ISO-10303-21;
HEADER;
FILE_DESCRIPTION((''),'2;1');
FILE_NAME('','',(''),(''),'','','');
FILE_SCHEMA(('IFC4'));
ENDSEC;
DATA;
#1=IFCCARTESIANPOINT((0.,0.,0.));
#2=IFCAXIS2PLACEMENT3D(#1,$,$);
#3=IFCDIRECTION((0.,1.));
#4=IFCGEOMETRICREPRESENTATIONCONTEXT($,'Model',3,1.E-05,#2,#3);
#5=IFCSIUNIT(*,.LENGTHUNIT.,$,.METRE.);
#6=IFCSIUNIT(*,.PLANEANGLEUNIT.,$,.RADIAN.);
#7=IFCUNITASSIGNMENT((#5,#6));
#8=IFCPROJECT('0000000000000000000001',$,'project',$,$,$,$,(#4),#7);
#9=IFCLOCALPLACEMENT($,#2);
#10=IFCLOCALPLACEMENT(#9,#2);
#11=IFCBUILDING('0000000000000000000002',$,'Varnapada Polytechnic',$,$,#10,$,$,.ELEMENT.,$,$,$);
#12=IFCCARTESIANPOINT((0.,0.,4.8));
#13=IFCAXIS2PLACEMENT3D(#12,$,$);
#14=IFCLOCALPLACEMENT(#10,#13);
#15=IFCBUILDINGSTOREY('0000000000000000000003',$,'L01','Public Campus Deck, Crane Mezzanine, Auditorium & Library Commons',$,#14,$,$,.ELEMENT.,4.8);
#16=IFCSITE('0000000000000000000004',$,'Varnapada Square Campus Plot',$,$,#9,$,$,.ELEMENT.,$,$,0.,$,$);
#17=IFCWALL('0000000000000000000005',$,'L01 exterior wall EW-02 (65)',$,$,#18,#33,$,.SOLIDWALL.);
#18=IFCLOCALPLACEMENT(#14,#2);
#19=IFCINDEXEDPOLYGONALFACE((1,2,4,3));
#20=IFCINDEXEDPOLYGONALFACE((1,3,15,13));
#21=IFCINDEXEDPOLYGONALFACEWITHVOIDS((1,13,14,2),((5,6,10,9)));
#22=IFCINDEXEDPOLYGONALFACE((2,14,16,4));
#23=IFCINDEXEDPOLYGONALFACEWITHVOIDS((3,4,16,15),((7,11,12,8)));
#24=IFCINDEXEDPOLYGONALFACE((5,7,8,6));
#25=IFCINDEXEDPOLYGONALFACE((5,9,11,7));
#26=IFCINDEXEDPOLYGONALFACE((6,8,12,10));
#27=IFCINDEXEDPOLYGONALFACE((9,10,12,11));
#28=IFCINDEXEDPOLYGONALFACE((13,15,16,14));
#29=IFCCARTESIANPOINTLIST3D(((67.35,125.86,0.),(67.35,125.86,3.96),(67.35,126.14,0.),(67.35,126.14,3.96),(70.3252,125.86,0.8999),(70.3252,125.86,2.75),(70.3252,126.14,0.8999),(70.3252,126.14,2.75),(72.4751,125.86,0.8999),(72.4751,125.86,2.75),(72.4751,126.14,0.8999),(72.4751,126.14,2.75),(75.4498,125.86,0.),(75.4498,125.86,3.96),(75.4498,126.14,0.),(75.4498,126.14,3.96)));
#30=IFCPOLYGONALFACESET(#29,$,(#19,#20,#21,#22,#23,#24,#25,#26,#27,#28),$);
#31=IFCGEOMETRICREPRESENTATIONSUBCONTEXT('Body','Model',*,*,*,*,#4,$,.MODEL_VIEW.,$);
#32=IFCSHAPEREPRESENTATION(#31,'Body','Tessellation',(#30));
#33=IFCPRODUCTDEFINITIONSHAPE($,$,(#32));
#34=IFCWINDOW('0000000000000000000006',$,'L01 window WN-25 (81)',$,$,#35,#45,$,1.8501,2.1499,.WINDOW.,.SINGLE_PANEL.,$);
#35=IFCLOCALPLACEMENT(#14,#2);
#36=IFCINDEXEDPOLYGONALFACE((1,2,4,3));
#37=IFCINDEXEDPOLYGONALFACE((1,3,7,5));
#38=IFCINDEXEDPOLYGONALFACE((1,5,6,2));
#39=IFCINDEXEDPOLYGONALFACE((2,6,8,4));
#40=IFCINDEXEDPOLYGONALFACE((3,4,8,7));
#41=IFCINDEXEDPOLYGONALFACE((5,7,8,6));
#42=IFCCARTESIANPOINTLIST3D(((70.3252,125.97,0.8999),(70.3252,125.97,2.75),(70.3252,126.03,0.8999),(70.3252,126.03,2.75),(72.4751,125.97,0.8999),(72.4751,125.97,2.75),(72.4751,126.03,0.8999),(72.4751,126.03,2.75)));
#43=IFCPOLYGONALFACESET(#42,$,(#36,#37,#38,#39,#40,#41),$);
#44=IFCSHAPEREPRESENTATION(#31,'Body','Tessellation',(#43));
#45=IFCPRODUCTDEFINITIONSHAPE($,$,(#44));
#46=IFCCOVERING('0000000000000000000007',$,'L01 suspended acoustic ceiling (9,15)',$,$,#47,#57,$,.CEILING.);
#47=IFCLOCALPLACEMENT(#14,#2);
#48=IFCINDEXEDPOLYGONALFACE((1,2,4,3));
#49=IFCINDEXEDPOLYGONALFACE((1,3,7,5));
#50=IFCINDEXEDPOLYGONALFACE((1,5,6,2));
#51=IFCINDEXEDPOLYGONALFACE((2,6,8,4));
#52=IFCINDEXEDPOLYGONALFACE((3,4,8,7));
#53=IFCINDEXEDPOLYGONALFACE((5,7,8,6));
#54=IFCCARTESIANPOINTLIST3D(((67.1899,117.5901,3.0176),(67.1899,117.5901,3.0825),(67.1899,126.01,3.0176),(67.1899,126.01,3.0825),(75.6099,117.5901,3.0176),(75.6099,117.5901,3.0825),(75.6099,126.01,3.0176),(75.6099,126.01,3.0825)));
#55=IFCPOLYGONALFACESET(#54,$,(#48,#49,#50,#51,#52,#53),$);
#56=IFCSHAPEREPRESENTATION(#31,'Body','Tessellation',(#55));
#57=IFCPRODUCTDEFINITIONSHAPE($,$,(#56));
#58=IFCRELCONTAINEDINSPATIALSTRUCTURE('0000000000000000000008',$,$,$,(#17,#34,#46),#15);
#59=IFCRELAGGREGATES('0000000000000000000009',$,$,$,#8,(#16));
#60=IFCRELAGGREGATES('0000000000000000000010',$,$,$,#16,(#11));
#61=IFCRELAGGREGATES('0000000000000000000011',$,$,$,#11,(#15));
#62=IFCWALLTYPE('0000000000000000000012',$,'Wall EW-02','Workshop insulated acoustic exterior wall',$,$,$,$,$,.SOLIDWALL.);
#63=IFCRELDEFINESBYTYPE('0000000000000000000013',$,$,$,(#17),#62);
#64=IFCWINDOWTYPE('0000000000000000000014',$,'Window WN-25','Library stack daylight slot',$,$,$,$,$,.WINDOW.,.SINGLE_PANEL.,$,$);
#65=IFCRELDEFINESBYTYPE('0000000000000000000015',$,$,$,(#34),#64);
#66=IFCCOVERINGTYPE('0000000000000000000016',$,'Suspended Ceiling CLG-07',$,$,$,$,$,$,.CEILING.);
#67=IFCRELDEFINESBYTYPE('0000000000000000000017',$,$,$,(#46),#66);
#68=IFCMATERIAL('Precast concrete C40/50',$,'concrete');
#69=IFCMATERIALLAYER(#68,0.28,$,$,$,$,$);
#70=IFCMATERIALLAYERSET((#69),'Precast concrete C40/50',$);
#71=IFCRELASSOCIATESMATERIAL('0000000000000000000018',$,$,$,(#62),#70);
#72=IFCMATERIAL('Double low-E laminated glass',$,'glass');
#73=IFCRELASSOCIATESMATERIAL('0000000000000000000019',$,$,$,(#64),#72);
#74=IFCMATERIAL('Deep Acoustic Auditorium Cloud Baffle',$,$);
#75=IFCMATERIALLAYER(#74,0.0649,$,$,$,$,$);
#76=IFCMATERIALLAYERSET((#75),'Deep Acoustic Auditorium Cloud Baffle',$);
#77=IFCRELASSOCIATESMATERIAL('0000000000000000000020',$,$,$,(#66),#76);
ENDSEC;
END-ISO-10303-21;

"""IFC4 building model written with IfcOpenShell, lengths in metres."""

from ifc_helpers import new_model, si_unit, direction, frame, frame_2d, origin, origin_2d, place, context, subcontext, project, spatial, rectangle, extrude, material, layer, layer_set, type_object, element, fill, save


model = new_model("IFC4")

# Units and contexts
model_context = context("Model", 3, precision=1e-05, world=origin(), true_north=direction((0.0, 1.0)))
body_context = subcontext(model_context, "Body", "Model", "MODEL_VIEW")
ifc_project = project(units=[si_unit("LENGTHUNIT", "METRE"), si_unit("PLANEANGLEUNIT", "RADIAN")], contexts=[model_context])

# Site, building, storey
site_placement = place(None, origin())
site = spatial("IfcSite", under=ifc_project, at=site_placement, Name="Varnapada Square Campus Plot", CompositionType="ELEMENT", RefElevation=0.0)
building_placement = place(site_placement, origin())
building = spatial("IfcBuilding", under=site, at=building_placement, Name="Varnapada Polytechnic", CompositionType="ELEMENT")
storey_placement = place(building_placement, frame((0.0, 0.0, 4.8)))
storey = spatial("IfcBuildingStorey", under=building, at=storey_placement, Name="L01", Description="Public Campus Deck, Crane Mezzanine, Auditorium & Library Commons", CompositionType="ELEMENT", Elevation=4.8)

# Wall, opening, window
ifc_material_1 = material(Name="Precast concrete C40/50", Category="concrete")
ifc_layer_1 = layer(ifc_material_1, 0.28)
ifc_layer_set_1 = layer_set([ifc_layer_1], Name="Precast concrete C40/50")
wall_type_1 = type_object("IfcWallType", Name="Wall EW-02", Description="Workshop insulated acoustic exterior wall", PredefinedType="SOLIDWALL", material=ifc_layer_set_1)
wall_1_placement = place(storey_placement, frame((67.3501, 126.0, 0.0), z_axis=(0.0, 0.0, 1.0), x_axis=(1.0, 0.0, 0.0)))
wall_1 = element("IfcWall", 1, at=wall_1_placement, inside=storey, type_object=wall_type_1, Name="L01 exterior wall EW-02 (65)", PredefinedType="SOLIDWALL", context=body_context, shape_type="SweptSolid", body=[
    extrude(rectangle(XDim=8.0999, YDim=0.28, at=frame_2d((4.0498, 0.0))), origin(), (0.0, 0.0, 1.0), 3.96),
])
opening_1_placement = place(wall_1_placement, frame((2.9751, 0.0, 0.8999)))
opening_1 = element("IfcOpeningElement", 2, at=opening_1_placement, cuts=wall_1, PredefinedType="OPENING", context=body_context, shape_type="SweptSolid", body=[
    extrude(rectangle(XDim=2.1499, YDim=1.8501, at=frame_2d((1.075, 0.925))), frame((0.0, 0.1499, 0.0), z_axis=(0.0, -1.0, 0.0), x_axis=(1.0, 0.0, 0.0)), (0.0, 0.0, 1.0), 0.3),
])
ifc_material_2 = material(Name="Double low-E laminated glass", Category="glass")
window_type = type_object("IfcWindowType", Name="Window WN-25", Description="Library stack daylight slot", PartitioningType="SINGLE_PANEL", PredefinedType="WINDOW", material=ifc_material_2)
window_placement = place(opening_1_placement, origin())
window = element("IfcWindow", 3, at=window_placement, inside=storey, type_object=window_type, Name="L01 window WN-25 (81)", OverallHeight=1.8501, OverallWidth=2.1499, PartitioningType="SINGLE_PANEL", PredefinedType="WINDOW", context=body_context, shape_type="SweptSolid", body=[
    extrude(rectangle(XDim=2.1499, YDim=1.8501, at=frame_2d((1.075, 0.925))), frame((0.0, 0.03, 0.0), z_axis=(0.0, -1.0, 0.0), x_axis=(1.0, 0.0, 0.0)), (0.0, 0.0, 1.0), 0.0601),
])
fill(opening_1, window)

# Covering
ifc_material_3 = material(Name="Deep Acoustic Auditorium Cloud Baffle")
ifc_layer_2 = layer(ifc_material_3, 0.0649)
ifc_layer_set_2 = layer_set([ifc_layer_2], Name="Deep Acoustic Auditorium Cloud Baffle")
covering_type = type_object("IfcCoveringType", Name="Suspended Ceiling CLG-07", PredefinedType="CEILING", material=ifc_layer_set_2)
covering_placement = place(storey_placement, frame((71.3999, 121.8, 3.0176), z_axis=(0.0, 0.0, 1.0), x_axis=(1.0, 0.0, 0.0)))
element("IfcCovering", 4, at=covering_placement, inside=storey, type_object=covering_type, Name="L01 suspended acoustic ceiling (9,15)", PredefinedType="CEILING", context=body_context, shape_type="SweptSolid", body=[
    extrude(rectangle(XDim=8.4199, YDim=8.4199, at=origin_2d()), origin(), (0.0, 0.0, 1.0), 0.0649),
])

save(model, "model.ifc")
